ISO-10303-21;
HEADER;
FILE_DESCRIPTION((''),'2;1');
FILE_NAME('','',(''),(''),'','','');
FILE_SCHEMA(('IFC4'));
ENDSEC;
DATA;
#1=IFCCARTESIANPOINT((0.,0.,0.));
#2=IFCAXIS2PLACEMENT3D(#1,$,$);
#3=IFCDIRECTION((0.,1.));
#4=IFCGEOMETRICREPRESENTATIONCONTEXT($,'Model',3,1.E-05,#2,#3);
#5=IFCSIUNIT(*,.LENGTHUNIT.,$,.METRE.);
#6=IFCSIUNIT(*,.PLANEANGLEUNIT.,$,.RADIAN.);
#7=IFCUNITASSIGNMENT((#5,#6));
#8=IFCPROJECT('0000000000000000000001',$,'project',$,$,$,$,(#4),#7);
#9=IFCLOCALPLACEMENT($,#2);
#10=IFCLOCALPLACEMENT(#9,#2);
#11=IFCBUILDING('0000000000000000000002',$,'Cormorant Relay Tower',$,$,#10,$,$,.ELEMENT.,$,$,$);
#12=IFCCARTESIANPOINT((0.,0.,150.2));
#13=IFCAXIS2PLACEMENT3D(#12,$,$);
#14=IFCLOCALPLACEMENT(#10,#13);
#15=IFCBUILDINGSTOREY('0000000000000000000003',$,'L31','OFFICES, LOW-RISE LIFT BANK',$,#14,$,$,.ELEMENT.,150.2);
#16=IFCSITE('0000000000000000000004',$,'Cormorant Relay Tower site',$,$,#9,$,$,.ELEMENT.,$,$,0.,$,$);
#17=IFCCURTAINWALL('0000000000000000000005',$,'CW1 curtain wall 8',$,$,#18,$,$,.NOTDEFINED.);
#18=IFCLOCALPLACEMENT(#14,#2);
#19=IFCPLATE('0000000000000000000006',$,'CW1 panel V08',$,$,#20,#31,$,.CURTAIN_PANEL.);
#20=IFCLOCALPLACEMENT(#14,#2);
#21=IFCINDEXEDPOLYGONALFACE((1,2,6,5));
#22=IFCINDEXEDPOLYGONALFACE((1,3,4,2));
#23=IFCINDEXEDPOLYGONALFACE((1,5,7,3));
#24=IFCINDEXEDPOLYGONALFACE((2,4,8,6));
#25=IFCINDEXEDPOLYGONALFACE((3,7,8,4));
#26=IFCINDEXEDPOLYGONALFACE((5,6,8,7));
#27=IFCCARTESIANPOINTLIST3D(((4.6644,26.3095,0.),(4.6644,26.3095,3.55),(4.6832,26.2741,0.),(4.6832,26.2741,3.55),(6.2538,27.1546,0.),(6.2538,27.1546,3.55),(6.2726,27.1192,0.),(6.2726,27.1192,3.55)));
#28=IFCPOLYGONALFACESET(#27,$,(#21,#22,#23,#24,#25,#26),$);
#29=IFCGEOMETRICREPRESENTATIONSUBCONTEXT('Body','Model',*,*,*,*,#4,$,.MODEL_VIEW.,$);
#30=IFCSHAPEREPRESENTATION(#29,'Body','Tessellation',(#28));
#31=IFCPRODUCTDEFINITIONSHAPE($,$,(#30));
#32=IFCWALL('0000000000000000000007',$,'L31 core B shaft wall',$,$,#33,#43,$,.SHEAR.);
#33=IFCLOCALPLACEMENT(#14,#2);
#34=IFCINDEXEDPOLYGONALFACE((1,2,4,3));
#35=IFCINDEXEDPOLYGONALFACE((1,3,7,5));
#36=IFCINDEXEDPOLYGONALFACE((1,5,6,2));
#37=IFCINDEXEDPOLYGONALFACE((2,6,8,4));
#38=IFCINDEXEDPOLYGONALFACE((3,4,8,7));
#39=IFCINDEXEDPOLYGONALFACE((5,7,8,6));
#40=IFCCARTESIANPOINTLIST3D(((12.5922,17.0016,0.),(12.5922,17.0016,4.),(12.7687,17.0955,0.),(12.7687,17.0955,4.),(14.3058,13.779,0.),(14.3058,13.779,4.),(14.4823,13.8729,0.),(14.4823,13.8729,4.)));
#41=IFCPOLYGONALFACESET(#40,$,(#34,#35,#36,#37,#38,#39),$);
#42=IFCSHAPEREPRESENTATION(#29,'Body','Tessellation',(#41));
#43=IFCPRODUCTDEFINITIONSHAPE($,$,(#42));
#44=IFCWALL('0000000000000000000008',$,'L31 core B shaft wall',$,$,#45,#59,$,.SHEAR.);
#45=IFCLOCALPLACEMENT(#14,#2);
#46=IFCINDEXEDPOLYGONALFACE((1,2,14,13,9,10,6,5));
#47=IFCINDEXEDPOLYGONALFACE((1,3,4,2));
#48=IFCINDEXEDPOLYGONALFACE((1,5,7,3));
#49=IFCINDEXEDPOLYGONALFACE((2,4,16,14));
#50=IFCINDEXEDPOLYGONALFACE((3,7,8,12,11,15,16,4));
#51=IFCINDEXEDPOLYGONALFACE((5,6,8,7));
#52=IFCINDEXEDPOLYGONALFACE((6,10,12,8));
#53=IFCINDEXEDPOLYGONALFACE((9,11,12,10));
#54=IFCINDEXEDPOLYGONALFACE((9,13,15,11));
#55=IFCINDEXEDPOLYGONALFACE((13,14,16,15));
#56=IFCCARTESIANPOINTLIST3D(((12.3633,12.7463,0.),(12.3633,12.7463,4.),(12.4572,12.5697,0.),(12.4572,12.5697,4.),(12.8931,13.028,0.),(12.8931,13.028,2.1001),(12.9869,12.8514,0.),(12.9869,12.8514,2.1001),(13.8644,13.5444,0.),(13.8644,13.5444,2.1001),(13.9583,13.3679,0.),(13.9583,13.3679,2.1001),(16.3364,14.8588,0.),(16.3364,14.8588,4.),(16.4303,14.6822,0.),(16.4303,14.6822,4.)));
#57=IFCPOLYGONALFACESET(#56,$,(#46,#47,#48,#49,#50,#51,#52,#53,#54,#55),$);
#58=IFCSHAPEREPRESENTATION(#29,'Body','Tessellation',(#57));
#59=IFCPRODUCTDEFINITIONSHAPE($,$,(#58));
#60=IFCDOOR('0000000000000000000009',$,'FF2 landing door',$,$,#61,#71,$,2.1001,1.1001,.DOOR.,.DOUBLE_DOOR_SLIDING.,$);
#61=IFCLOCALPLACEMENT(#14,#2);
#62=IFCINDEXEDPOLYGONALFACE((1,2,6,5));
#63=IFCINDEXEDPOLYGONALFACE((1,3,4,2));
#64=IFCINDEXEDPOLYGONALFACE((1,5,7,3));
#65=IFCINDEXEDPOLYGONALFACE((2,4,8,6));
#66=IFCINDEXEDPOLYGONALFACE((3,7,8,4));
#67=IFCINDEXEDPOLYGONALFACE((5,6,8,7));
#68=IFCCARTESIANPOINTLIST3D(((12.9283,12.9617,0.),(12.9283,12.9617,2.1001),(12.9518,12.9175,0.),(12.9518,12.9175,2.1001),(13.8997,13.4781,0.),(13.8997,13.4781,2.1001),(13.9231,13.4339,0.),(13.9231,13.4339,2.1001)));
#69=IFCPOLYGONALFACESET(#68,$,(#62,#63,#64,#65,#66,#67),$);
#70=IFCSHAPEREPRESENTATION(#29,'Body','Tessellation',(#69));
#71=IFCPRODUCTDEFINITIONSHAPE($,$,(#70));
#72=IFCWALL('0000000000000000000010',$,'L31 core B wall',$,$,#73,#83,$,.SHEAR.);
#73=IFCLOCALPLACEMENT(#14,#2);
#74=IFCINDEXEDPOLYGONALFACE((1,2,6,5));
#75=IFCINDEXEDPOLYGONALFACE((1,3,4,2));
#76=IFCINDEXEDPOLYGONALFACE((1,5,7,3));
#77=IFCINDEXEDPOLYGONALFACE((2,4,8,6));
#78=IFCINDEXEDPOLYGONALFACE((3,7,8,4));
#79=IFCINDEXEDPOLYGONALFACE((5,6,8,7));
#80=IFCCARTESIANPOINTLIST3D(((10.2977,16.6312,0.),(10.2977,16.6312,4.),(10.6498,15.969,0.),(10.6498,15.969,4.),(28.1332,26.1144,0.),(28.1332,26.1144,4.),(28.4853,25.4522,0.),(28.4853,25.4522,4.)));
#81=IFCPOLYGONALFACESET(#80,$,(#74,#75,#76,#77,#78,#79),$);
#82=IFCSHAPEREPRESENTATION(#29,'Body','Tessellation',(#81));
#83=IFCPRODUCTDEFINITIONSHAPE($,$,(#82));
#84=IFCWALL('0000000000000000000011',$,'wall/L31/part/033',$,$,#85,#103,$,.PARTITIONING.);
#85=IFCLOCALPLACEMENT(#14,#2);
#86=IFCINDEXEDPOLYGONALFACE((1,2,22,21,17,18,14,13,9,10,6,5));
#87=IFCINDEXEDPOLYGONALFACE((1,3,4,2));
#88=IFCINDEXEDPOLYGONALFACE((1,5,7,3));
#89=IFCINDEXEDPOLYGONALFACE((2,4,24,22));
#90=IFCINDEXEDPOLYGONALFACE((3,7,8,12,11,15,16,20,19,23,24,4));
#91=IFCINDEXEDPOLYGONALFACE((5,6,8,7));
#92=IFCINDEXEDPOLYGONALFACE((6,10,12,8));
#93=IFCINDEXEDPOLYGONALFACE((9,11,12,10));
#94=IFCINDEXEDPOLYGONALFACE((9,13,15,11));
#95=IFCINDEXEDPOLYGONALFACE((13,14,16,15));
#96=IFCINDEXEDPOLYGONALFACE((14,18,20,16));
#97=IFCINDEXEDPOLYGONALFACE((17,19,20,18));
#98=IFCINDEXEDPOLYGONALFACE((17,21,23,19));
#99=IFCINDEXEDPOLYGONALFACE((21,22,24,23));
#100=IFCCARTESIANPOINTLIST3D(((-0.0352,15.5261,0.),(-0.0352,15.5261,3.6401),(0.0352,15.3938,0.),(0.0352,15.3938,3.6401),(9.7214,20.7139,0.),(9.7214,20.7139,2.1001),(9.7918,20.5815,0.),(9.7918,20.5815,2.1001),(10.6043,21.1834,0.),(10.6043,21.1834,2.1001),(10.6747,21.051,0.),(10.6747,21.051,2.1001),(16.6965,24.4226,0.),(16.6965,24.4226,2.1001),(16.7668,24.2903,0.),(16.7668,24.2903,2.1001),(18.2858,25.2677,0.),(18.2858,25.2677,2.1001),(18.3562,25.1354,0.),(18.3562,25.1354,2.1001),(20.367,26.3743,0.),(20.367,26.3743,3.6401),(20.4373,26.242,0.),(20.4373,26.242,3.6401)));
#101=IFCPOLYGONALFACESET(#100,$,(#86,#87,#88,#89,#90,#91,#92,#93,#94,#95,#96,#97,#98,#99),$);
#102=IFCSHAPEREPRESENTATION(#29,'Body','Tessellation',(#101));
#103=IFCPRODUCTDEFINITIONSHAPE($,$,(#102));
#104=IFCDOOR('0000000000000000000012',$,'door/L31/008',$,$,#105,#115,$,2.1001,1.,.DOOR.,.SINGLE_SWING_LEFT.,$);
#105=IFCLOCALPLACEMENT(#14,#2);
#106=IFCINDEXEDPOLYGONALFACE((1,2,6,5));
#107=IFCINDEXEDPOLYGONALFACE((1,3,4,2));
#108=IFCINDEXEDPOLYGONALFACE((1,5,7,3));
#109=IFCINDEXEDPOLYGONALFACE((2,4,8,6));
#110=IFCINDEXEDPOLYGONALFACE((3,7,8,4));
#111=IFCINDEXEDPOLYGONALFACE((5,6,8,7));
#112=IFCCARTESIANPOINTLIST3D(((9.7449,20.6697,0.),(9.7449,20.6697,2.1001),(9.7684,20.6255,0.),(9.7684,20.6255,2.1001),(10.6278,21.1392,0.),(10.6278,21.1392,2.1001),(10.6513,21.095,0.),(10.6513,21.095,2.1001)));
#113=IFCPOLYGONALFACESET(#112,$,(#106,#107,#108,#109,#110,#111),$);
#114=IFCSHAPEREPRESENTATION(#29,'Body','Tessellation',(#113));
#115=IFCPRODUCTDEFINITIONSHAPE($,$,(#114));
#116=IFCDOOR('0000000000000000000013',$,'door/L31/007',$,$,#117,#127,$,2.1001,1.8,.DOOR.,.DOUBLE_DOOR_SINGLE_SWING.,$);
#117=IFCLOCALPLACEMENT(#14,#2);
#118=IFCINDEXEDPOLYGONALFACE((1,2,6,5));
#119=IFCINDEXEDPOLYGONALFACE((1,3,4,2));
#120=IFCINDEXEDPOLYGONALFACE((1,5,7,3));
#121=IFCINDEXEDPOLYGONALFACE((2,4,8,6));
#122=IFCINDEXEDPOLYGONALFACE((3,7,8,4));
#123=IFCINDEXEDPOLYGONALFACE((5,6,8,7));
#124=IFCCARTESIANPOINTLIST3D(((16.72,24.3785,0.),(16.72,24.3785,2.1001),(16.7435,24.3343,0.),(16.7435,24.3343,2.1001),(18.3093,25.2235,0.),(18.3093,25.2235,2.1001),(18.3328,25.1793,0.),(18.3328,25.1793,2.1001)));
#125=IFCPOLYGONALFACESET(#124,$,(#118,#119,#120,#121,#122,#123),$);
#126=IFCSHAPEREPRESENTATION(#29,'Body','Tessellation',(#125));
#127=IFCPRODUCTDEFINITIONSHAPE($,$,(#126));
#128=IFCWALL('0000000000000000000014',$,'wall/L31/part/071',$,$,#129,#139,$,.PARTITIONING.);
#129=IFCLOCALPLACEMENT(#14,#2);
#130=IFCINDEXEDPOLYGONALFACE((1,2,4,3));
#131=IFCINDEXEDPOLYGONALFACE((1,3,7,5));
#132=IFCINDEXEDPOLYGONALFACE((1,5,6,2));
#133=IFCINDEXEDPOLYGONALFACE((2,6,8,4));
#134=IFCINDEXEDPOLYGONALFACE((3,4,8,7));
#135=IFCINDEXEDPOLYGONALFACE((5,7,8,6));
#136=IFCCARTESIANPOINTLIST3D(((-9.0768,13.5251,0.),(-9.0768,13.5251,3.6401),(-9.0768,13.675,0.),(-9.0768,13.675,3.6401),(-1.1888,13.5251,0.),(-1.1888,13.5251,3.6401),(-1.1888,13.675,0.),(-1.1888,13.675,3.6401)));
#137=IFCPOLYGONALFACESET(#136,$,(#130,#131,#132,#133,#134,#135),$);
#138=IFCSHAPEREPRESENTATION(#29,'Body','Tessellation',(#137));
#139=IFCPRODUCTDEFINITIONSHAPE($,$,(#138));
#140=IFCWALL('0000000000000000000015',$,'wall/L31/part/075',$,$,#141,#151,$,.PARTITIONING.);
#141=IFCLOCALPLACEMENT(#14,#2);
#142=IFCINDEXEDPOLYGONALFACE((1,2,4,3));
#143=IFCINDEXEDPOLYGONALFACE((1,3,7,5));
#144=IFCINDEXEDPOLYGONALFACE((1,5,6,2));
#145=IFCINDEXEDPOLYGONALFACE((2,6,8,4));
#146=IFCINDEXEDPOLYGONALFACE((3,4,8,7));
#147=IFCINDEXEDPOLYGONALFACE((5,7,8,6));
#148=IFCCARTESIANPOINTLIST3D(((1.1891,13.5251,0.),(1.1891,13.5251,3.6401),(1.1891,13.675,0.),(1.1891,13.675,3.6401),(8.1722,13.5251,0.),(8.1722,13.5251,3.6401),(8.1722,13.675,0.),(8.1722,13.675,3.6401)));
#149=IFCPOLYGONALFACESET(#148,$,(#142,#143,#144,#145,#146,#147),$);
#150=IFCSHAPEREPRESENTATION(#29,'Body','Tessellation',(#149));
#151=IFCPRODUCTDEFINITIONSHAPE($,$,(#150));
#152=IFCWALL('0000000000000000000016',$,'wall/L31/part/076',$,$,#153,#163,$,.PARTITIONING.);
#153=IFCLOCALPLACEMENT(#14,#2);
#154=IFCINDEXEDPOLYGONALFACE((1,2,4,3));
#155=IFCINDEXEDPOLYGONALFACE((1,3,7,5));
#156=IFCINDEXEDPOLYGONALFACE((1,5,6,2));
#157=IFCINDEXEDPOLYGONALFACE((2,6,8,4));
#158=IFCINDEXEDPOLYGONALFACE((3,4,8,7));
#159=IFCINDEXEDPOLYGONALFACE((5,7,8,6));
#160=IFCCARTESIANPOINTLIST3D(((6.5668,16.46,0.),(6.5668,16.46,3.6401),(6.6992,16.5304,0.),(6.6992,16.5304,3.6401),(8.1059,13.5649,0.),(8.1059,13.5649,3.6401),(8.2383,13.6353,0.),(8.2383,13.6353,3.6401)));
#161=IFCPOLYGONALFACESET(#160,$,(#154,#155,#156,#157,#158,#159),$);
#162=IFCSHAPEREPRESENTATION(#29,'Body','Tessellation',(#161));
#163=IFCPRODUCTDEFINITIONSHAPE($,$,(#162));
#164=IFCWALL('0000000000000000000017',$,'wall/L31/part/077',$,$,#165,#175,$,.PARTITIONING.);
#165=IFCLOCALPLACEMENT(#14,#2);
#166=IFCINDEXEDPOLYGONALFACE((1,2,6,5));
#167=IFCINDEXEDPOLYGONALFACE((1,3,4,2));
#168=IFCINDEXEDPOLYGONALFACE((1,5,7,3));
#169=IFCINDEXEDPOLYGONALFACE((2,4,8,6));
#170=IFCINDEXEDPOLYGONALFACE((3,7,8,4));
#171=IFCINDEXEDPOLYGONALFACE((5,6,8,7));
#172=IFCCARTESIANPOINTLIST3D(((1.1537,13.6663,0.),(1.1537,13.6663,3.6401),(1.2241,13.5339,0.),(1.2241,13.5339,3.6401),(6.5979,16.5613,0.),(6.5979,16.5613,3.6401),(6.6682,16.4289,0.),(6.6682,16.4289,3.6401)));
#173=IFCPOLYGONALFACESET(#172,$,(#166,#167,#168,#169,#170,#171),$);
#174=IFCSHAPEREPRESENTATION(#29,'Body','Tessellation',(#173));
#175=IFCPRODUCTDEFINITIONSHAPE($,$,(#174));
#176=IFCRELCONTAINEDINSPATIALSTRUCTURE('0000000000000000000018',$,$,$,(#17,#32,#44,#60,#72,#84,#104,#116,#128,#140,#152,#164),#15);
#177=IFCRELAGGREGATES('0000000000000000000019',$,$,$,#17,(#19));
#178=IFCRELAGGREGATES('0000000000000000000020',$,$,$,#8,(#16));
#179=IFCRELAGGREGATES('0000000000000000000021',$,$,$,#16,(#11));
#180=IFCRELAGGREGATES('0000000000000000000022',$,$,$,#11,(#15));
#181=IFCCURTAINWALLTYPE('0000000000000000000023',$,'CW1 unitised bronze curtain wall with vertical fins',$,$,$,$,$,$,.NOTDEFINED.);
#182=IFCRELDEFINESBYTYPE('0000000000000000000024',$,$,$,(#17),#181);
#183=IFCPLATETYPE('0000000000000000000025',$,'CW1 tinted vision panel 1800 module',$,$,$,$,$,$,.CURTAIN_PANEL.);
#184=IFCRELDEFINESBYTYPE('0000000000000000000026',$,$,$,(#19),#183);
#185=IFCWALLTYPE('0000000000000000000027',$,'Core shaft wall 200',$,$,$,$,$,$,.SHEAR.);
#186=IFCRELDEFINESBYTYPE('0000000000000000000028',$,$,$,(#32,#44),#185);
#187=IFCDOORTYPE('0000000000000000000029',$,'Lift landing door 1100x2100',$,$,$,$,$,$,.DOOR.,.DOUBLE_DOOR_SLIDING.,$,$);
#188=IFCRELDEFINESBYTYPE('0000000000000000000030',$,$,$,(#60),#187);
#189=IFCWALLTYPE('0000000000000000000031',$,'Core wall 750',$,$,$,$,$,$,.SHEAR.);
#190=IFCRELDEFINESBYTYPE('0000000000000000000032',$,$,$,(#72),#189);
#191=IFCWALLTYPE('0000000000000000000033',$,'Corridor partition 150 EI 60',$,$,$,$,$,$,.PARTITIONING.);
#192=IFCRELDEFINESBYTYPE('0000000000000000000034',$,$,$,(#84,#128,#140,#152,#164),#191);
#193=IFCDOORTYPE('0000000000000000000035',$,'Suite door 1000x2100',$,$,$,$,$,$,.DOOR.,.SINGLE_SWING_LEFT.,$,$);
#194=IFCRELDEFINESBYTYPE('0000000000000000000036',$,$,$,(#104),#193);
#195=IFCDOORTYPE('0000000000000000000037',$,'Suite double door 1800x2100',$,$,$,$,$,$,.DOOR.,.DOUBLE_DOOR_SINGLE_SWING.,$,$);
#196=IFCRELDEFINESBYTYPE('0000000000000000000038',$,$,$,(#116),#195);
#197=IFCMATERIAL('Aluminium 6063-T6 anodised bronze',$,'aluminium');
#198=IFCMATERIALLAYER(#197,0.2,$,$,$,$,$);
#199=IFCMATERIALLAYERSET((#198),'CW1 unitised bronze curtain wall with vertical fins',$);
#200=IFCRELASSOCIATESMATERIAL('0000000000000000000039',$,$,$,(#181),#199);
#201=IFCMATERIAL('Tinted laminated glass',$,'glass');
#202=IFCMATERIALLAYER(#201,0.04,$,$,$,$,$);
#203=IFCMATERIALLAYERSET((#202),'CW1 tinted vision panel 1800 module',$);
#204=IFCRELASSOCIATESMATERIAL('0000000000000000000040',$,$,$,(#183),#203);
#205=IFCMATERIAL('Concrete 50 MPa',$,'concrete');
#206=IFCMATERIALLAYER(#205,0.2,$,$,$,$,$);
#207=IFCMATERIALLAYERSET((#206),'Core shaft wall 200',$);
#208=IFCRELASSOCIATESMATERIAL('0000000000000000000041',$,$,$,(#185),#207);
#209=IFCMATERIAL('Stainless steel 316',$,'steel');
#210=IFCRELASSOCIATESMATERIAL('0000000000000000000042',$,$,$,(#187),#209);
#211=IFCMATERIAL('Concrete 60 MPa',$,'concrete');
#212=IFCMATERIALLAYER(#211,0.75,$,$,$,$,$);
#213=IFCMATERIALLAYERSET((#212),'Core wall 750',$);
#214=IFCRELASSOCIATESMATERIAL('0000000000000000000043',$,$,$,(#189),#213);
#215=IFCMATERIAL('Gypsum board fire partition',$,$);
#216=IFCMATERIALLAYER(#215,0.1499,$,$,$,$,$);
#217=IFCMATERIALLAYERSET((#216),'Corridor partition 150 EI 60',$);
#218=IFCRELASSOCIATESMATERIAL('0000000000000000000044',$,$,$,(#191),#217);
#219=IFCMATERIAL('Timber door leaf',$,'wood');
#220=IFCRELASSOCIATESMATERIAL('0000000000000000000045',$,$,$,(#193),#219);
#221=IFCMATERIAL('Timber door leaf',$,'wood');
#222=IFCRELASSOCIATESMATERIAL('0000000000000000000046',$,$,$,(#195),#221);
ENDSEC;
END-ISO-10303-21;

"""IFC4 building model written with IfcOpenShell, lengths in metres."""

from ifc_helpers import new_model, si_unit, direction, frame, frame_2d, origin, origin_2d, place, context, subcontext, project, spatial, rectangle, extrude, material, layer, layer_set, type_object, element, fill, aggregate, save


model = new_model("IFC4")

# Units and contexts
model_context = context("Model", 3, precision=1e-05, world=origin(), true_north=direction((0.0, 1.0)))
body_context = subcontext(model_context, "Body", "Model", "MODEL_VIEW")
ifc_project = project(units=[si_unit("LENGTHUNIT", "METRE"), si_unit("PLANEANGLEUNIT", "RADIAN")], contexts=[model_context])

# Site, building, storey
site_placement = place(None, origin())
site = spatial("IfcSite", under=ifc_project, at=site_placement, Name="Cormorant Relay Tower site", CompositionType="ELEMENT", RefElevation=0.0)
building_placement = place(site_placement, origin())
building = spatial("IfcBuilding", under=site, at=building_placement, Name="Cormorant Relay Tower", CompositionType="ELEMENT")
storey_placement = place(building_placement, frame((0.0, 0.0, 150.2)))
storey = spatial("IfcBuildingStorey", under=building, at=storey_placement, Name="L31", Description="OFFICES, LOW-RISE LIFT BANK", CompositionType="ELEMENT", Elevation=150.2)

# Curtain wall
ifc_material_1 = material(Name="Aluminium 6063-T6 anodised bronze", Category="aluminium")
ifc_layer_1 = layer(ifc_material_1, 0.2)
ifc_layer_set_1 = layer_set([ifc_layer_1], Name="CW1 unitised bronze curtain wall with vertical fins")
curtain_wall_type = type_object("IfcCurtainWallType", Name="CW1 unitised bronze curtain wall with vertical fins", PredefinedType="NOTDEFINED", material=ifc_layer_set_1)
curtain_wall_1_placement = place(storey_placement, origin())
curtain_wall_1 = element("IfcCurtainWall", 1, at=curtain_wall_1_placement, inside=storey, type_object=curtain_wall_type, Name="CW1 curtain wall 8", PredefinedType="NOTDEFINED")

# Plate
ifc_material_2 = material(Name="Tinted laminated glass", Category="glass")
ifc_layer_2 = layer(ifc_material_2, 0.04)
ifc_layer_set_2 = layer_set([ifc_layer_2], Name="CW1 tinted vision panel 1800 module")
plate_type = type_object("IfcPlateType", Name="CW1 tinted vision panel 1800 module", PredefinedType="CURTAIN_PANEL", material=ifc_layer_set_2)
plate_1_placement = place(storey_placement, frame((5.4685, 26.7144, 0.0), z_axis=(0.0, 0.0, 1.0), x_axis=(-0.882948, -0.469472, 0.0)))
plate_1 = element("IfcPlate", 2, at=plate_1_placement, type_object=plate_type, Name="CW1 panel V08", PredefinedType="CURTAIN_PANEL", context=body_context, shape_type="SweptSolid", body=[
    extrude(rectangle(XDim=1.8, YDim=0.04, at=origin_2d()), origin(), (0.0, 0.0, 1.0), 3.55),
])

# Wall
ifc_material_3 = material(Name="Concrete 50 MPa", Category="concrete")
ifc_layer_3 = layer(ifc_material_3, 0.2)
ifc_layer_set_3 = layer_set([ifc_layer_3], Name="Core shaft wall 200")
wall_type_1 = type_object("IfcWallType", Name="Core shaft wall 200", PredefinedType="SHEAR", material=ifc_layer_set_3)
wall_1_placement = place(storey_placement, frame((14.394, 13.8259, 0.0), z_axis=(0.0, 0.0, 1.0), x_axis=(-0.469494, 0.882936, 0.0)))
element("IfcWall", 3, at=wall_1_placement, inside=storey, type_object=wall_type_1, Name="L31 core B shaft wall", PredefinedType="SHEAR", context=body_context, shape_type="SweptSolid", body=[
    extrude(rectangle(XDim=3.6499, YDim=0.2, at=frame_2d((1.825, 0.0))), origin(), (0.0, 0.0, 1.0), 4.0),
])

# Wall, opening, door
wall_2_placement = place(storey_placement, frame((12.4102, 12.658, 0.0), z_axis=(0.0, 0.0, 1.0), x_axis=(0.882948, 0.46947, 0.0)))
wall_2 = element("IfcWall", 4, at=wall_2_placement, inside=storey, type_object=wall_type_1, Name="L31 core B shaft wall", PredefinedType="SHEAR", context=body_context, shape_type="SweptSolid", body=[
    extrude(rectangle(XDim=4.4998, YDim=0.2, at=frame_2d((2.25, 0.0))), origin(), (0.0, 0.0, 1.0), 4.0),
])
opening_1_placement = place(wall_2_placement, frame((0.6001, 0.0, 0.0)))
opening_1 = element("IfcOpeningElement", 5, at=opening_1_placement, cuts=wall_2, PredefinedType="OPENING", context=body_context, shape_type="SweptSolid", body=[
    extrude(rectangle(XDim=1.1001, YDim=2.1001, at=frame_2d((0.55, 1.05))), frame((0.0, 0.1099, 0.0), z_axis=(0.0, -1.0, 0.0), x_axis=(1.0, 0.0, 0.0)), (0.0, 0.0, 1.0), 0.22),
])
ifc_material_4 = material(Name="Stainless steel 316", Category="steel")
door_type_1 = type_object("IfcDoorType", Name="Lift landing door 1100x2100", OperationType="DOUBLE_DOOR_SLIDING", PredefinedType="DOOR", material=ifc_material_4)
door_1_placement = place(opening_1_placement, origin())
door_1 = element("IfcDoor", 6, at=door_1_placement, inside=storey, type_object=door_type_1, Name="FF2 landing door", OperationType="DOUBLE_DOOR_SLIDING", OverallHeight=2.1001, OverallWidth=1.1001, PredefinedType="DOOR", context=body_context, shape_type="SweptSolid", body=[
    extrude(rectangle(XDim=1.1001, YDim=2.1001, at=frame_2d((0.55, 1.05))), frame((0.0, 0.0249, 0.0), z_axis=(0.0, -1.0, 0.0), x_axis=(1.0, 0.0, 0.0)), (0.0, 0.0, 1.0), 0.05),
])
fill(opening_1, door_1)

# Wall
ifc_material_5 = material(Name="Concrete 60 MPa", Category="concrete")
ifc_layer_4 = layer(ifc_material_5, 0.75)
ifc_layer_set_4 = layer_set([ifc_layer_4], Name="Core wall 750")
wall_type_2 = type_object("IfcWallType", Name="Core wall 750", PredefinedType="SHEAR", material=ifc_layer_set_4)
wall_3_placement = place(storey_placement, frame((10.4736, 16.3, 0.0), z_axis=(0.0, 0.0, 1.0), x_axis=(0.88295, 0.469467, 0.0)))
element("IfcWall", 7, at=wall_3_placement, inside=storey, type_object=wall_type_2, Name="L31 core B wall", PredefinedType="SHEAR", context=body_context, shape_type="SweptSolid", body=[
    extrude(rectangle(XDim=20.2, YDim=0.75, at=frame_2d((10.1001, 0.0))), origin(), (0.0, 0.0, 1.0), 4.0),
])

# Wall, openings, doors
ifc_material_6 = material(Name="Gypsum board fire partition")
ifc_layer_5 = layer(ifc_material_6, 0.1499)
ifc_layer_set_5 = layer_set([ifc_layer_5], Name="Corridor partition 150 EI 60")
wall_type_3 = type_object("IfcWallType", Name="Corridor partition 150 EI 60", PredefinedType="PARTITIONING", material=ifc_layer_set_5)
wall_4_placement = place(storey_placement, frame((0.0, 15.46, 0.0), z_axis=(0.0, 0.0, 1.0), x_axis=(0.882945, 0.469477, 0.0)))
wall_4 = element("IfcWall", 8, at=wall_4_placement, inside=storey, type_object=wall_type_3, Name="wall/L31/part/033", PredefinedType="PARTITIONING", context=body_context, shape_type="SweptSolid", body=[
    extrude(rectangle(XDim=23.1069, YDim=0.1499, at=frame_2d((11.5535, 0.0))), origin(), (0.0, 0.0, 1.0), 3.6401),
])
opening_2_placement = place(wall_4_placement, frame((18.95, 0.0, 0.0)))
opening_2 = element("IfcOpeningElement", 9, at=opening_2_placement, cuts=wall_4, PredefinedType="OPENING", context=body_context, shape_type="SweptSolid", body=[
    extrude(rectangle(XDim=1.8, YDim=2.1001, at=frame_2d((0.8999, 1.05))), frame((0.0, 0.085, 0.0), z_axis=(0.0, -1.0, 0.0), x_axis=(1.0, 0.0, 0.0)), (0.0, 0.0, 1.0), 0.1699),
])
opening_3_placement = place(wall_4_placement, frame((11.05, 0.0, 0.0)))
opening_3 = element("IfcOpeningElement", 10, at=opening_3_placement, cuts=wall_4, PredefinedType="OPENING", context=body_context, shape_type="SweptSolid", body=[
    extrude(rectangle(XDim=1.0, YDim=2.1001, at=frame_2d((0.5, 1.05))), frame((0.0, 0.085, 0.0), z_axis=(0.0, -1.0, 0.0), x_axis=(1.0, 0.0, 0.0)), (0.0, 0.0, 1.0), 0.1699),
])
ifc_material_7 = material(Name="Timber door leaf", Category="wood")
door_type_2 = type_object("IfcDoorType", Name="Suite door 1000x2100", OperationType="SINGLE_SWING_LEFT", PredefinedType="DOOR", material=ifc_material_7)
door_2_placement = place(opening_3_placement, origin())
door_2 = element("IfcDoor", 11, at=door_2_placement, inside=storey, type_object=door_type_2, Name="door/L31/008", OperationType="SINGLE_SWING_LEFT", OverallHeight=2.1001, OverallWidth=1.0, PredefinedType="DOOR", context=body_context, shape_type="SweptSolid", body=[
    extrude(rectangle(XDim=1.0, YDim=2.1001, at=frame_2d((0.5, 1.05))), frame((0.0, 0.0249, 0.0), z_axis=(0.0, -1.0, 0.0), x_axis=(1.0, 0.0, 0.0)), (0.0, 0.0, 1.0), 0.05),
])
fill(opening_3, door_2)
ifc_material_8 = material(Name="Timber door leaf", Category="wood")
door_type_3 = type_object("IfcDoorType", Name="Suite double door 1800x2100", OperationType="DOUBLE_DOOR_SINGLE_SWING", PredefinedType="DOOR", material=ifc_material_8)
door_3_placement = place(opening_2_placement, origin())
door_3 = element("IfcDoor", 12, at=door_3_placement, inside=storey, type_object=door_type_3, Name="door/L31/007", OperationType="DOUBLE_DOOR_SINGLE_SWING", OverallHeight=2.1001, OverallWidth=1.8, PredefinedType="DOOR", context=body_context, shape_type="SweptSolid", body=[
    extrude(rectangle(XDim=1.8, YDim=2.1001, at=frame_2d((0.8999, 1.05))), frame((0.0, 0.0249, 0.0), z_axis=(0.0, -1.0, 0.0), x_axis=(1.0, 0.0, 0.0)), (0.0, 0.0, 1.0), 0.05),
])
fill(opening_2, door_3)

# Walls
wall_5_placement = place(storey_placement, frame((-1.189, 13.6001, 0.0), z_axis=(0.0, 0.0, 1.0), x_axis=(-1.0, 0.0, 0.0)))
element("IfcWall", 13, at=wall_5_placement, inside=storey, type_object=wall_type_3, Name="wall/L31/part/071", PredefinedType="PARTITIONING", context=body_context, shape_type="SweptSolid", body=[
    extrude(rectangle(XDim=7.8879, YDim=0.1499, at=frame_2d((3.9438, 0.0))), origin(), (0.0, 0.0, 1.0), 3.6401),
])
wall_6_placement = place(storey_placement, frame((1.189, 13.6001, 0.0), z_axis=(0.0, 0.0, 1.0), x_axis=(1.0, 0.0, 0.0)))
element("IfcWall", 14, at=wall_6_placement, inside=storey, type_object=wall_type_3, Name="wall/L31/part/075", PredefinedType="PARTITIONING", context=body_context, shape_type="SweptSolid", body=[
    extrude(rectangle(XDim=6.9832, YDim=0.1499, at=frame_2d((3.4917, 0.0))), origin(), (0.0, 0.0, 1.0), 3.6401),
])
wall_7_placement = place(storey_placement, frame((8.1721, 13.6001, 0.0), z_axis=(0.0, 0.0, 1.0), x_axis=(-0.469413, 0.882979, 0.0)))
element("IfcWall", 15, at=wall_7_placement, inside=storey, type_object=wall_type_3, Name="wall/L31/part/076", PredefinedType="PARTITIONING", context=body_context, shape_type="SweptSolid", body=[
    extrude(rectangle(XDim=3.2788, YDim=0.1499, at=frame_2d((1.6394, 0.0))), origin(), (0.0, 0.0, 1.0), 3.6401),
])
wall_8_placement = place(storey_placement, frame((6.6331, 16.4951, 0.0), z_axis=(0.0, 0.0, 1.0), x_axis=(-0.882924, -0.469515, 0.0)))
element("IfcWall", 16, at=wall_8_placement, inside=storey, type_object=wall_type_3, Name="wall/L31/part/077", PredefinedType="PARTITIONING", context=body_context, shape_type="SweptSolid", body=[
    extrude(rectangle(XDim=6.166, YDim=0.1499, at=frame_2d((3.083, 0.0))), origin(), (0.0, 0.0, 1.0), 3.6401),
])

aggregate(curtain_wall_1, [plate_1])

save(model, "model.ifc")
